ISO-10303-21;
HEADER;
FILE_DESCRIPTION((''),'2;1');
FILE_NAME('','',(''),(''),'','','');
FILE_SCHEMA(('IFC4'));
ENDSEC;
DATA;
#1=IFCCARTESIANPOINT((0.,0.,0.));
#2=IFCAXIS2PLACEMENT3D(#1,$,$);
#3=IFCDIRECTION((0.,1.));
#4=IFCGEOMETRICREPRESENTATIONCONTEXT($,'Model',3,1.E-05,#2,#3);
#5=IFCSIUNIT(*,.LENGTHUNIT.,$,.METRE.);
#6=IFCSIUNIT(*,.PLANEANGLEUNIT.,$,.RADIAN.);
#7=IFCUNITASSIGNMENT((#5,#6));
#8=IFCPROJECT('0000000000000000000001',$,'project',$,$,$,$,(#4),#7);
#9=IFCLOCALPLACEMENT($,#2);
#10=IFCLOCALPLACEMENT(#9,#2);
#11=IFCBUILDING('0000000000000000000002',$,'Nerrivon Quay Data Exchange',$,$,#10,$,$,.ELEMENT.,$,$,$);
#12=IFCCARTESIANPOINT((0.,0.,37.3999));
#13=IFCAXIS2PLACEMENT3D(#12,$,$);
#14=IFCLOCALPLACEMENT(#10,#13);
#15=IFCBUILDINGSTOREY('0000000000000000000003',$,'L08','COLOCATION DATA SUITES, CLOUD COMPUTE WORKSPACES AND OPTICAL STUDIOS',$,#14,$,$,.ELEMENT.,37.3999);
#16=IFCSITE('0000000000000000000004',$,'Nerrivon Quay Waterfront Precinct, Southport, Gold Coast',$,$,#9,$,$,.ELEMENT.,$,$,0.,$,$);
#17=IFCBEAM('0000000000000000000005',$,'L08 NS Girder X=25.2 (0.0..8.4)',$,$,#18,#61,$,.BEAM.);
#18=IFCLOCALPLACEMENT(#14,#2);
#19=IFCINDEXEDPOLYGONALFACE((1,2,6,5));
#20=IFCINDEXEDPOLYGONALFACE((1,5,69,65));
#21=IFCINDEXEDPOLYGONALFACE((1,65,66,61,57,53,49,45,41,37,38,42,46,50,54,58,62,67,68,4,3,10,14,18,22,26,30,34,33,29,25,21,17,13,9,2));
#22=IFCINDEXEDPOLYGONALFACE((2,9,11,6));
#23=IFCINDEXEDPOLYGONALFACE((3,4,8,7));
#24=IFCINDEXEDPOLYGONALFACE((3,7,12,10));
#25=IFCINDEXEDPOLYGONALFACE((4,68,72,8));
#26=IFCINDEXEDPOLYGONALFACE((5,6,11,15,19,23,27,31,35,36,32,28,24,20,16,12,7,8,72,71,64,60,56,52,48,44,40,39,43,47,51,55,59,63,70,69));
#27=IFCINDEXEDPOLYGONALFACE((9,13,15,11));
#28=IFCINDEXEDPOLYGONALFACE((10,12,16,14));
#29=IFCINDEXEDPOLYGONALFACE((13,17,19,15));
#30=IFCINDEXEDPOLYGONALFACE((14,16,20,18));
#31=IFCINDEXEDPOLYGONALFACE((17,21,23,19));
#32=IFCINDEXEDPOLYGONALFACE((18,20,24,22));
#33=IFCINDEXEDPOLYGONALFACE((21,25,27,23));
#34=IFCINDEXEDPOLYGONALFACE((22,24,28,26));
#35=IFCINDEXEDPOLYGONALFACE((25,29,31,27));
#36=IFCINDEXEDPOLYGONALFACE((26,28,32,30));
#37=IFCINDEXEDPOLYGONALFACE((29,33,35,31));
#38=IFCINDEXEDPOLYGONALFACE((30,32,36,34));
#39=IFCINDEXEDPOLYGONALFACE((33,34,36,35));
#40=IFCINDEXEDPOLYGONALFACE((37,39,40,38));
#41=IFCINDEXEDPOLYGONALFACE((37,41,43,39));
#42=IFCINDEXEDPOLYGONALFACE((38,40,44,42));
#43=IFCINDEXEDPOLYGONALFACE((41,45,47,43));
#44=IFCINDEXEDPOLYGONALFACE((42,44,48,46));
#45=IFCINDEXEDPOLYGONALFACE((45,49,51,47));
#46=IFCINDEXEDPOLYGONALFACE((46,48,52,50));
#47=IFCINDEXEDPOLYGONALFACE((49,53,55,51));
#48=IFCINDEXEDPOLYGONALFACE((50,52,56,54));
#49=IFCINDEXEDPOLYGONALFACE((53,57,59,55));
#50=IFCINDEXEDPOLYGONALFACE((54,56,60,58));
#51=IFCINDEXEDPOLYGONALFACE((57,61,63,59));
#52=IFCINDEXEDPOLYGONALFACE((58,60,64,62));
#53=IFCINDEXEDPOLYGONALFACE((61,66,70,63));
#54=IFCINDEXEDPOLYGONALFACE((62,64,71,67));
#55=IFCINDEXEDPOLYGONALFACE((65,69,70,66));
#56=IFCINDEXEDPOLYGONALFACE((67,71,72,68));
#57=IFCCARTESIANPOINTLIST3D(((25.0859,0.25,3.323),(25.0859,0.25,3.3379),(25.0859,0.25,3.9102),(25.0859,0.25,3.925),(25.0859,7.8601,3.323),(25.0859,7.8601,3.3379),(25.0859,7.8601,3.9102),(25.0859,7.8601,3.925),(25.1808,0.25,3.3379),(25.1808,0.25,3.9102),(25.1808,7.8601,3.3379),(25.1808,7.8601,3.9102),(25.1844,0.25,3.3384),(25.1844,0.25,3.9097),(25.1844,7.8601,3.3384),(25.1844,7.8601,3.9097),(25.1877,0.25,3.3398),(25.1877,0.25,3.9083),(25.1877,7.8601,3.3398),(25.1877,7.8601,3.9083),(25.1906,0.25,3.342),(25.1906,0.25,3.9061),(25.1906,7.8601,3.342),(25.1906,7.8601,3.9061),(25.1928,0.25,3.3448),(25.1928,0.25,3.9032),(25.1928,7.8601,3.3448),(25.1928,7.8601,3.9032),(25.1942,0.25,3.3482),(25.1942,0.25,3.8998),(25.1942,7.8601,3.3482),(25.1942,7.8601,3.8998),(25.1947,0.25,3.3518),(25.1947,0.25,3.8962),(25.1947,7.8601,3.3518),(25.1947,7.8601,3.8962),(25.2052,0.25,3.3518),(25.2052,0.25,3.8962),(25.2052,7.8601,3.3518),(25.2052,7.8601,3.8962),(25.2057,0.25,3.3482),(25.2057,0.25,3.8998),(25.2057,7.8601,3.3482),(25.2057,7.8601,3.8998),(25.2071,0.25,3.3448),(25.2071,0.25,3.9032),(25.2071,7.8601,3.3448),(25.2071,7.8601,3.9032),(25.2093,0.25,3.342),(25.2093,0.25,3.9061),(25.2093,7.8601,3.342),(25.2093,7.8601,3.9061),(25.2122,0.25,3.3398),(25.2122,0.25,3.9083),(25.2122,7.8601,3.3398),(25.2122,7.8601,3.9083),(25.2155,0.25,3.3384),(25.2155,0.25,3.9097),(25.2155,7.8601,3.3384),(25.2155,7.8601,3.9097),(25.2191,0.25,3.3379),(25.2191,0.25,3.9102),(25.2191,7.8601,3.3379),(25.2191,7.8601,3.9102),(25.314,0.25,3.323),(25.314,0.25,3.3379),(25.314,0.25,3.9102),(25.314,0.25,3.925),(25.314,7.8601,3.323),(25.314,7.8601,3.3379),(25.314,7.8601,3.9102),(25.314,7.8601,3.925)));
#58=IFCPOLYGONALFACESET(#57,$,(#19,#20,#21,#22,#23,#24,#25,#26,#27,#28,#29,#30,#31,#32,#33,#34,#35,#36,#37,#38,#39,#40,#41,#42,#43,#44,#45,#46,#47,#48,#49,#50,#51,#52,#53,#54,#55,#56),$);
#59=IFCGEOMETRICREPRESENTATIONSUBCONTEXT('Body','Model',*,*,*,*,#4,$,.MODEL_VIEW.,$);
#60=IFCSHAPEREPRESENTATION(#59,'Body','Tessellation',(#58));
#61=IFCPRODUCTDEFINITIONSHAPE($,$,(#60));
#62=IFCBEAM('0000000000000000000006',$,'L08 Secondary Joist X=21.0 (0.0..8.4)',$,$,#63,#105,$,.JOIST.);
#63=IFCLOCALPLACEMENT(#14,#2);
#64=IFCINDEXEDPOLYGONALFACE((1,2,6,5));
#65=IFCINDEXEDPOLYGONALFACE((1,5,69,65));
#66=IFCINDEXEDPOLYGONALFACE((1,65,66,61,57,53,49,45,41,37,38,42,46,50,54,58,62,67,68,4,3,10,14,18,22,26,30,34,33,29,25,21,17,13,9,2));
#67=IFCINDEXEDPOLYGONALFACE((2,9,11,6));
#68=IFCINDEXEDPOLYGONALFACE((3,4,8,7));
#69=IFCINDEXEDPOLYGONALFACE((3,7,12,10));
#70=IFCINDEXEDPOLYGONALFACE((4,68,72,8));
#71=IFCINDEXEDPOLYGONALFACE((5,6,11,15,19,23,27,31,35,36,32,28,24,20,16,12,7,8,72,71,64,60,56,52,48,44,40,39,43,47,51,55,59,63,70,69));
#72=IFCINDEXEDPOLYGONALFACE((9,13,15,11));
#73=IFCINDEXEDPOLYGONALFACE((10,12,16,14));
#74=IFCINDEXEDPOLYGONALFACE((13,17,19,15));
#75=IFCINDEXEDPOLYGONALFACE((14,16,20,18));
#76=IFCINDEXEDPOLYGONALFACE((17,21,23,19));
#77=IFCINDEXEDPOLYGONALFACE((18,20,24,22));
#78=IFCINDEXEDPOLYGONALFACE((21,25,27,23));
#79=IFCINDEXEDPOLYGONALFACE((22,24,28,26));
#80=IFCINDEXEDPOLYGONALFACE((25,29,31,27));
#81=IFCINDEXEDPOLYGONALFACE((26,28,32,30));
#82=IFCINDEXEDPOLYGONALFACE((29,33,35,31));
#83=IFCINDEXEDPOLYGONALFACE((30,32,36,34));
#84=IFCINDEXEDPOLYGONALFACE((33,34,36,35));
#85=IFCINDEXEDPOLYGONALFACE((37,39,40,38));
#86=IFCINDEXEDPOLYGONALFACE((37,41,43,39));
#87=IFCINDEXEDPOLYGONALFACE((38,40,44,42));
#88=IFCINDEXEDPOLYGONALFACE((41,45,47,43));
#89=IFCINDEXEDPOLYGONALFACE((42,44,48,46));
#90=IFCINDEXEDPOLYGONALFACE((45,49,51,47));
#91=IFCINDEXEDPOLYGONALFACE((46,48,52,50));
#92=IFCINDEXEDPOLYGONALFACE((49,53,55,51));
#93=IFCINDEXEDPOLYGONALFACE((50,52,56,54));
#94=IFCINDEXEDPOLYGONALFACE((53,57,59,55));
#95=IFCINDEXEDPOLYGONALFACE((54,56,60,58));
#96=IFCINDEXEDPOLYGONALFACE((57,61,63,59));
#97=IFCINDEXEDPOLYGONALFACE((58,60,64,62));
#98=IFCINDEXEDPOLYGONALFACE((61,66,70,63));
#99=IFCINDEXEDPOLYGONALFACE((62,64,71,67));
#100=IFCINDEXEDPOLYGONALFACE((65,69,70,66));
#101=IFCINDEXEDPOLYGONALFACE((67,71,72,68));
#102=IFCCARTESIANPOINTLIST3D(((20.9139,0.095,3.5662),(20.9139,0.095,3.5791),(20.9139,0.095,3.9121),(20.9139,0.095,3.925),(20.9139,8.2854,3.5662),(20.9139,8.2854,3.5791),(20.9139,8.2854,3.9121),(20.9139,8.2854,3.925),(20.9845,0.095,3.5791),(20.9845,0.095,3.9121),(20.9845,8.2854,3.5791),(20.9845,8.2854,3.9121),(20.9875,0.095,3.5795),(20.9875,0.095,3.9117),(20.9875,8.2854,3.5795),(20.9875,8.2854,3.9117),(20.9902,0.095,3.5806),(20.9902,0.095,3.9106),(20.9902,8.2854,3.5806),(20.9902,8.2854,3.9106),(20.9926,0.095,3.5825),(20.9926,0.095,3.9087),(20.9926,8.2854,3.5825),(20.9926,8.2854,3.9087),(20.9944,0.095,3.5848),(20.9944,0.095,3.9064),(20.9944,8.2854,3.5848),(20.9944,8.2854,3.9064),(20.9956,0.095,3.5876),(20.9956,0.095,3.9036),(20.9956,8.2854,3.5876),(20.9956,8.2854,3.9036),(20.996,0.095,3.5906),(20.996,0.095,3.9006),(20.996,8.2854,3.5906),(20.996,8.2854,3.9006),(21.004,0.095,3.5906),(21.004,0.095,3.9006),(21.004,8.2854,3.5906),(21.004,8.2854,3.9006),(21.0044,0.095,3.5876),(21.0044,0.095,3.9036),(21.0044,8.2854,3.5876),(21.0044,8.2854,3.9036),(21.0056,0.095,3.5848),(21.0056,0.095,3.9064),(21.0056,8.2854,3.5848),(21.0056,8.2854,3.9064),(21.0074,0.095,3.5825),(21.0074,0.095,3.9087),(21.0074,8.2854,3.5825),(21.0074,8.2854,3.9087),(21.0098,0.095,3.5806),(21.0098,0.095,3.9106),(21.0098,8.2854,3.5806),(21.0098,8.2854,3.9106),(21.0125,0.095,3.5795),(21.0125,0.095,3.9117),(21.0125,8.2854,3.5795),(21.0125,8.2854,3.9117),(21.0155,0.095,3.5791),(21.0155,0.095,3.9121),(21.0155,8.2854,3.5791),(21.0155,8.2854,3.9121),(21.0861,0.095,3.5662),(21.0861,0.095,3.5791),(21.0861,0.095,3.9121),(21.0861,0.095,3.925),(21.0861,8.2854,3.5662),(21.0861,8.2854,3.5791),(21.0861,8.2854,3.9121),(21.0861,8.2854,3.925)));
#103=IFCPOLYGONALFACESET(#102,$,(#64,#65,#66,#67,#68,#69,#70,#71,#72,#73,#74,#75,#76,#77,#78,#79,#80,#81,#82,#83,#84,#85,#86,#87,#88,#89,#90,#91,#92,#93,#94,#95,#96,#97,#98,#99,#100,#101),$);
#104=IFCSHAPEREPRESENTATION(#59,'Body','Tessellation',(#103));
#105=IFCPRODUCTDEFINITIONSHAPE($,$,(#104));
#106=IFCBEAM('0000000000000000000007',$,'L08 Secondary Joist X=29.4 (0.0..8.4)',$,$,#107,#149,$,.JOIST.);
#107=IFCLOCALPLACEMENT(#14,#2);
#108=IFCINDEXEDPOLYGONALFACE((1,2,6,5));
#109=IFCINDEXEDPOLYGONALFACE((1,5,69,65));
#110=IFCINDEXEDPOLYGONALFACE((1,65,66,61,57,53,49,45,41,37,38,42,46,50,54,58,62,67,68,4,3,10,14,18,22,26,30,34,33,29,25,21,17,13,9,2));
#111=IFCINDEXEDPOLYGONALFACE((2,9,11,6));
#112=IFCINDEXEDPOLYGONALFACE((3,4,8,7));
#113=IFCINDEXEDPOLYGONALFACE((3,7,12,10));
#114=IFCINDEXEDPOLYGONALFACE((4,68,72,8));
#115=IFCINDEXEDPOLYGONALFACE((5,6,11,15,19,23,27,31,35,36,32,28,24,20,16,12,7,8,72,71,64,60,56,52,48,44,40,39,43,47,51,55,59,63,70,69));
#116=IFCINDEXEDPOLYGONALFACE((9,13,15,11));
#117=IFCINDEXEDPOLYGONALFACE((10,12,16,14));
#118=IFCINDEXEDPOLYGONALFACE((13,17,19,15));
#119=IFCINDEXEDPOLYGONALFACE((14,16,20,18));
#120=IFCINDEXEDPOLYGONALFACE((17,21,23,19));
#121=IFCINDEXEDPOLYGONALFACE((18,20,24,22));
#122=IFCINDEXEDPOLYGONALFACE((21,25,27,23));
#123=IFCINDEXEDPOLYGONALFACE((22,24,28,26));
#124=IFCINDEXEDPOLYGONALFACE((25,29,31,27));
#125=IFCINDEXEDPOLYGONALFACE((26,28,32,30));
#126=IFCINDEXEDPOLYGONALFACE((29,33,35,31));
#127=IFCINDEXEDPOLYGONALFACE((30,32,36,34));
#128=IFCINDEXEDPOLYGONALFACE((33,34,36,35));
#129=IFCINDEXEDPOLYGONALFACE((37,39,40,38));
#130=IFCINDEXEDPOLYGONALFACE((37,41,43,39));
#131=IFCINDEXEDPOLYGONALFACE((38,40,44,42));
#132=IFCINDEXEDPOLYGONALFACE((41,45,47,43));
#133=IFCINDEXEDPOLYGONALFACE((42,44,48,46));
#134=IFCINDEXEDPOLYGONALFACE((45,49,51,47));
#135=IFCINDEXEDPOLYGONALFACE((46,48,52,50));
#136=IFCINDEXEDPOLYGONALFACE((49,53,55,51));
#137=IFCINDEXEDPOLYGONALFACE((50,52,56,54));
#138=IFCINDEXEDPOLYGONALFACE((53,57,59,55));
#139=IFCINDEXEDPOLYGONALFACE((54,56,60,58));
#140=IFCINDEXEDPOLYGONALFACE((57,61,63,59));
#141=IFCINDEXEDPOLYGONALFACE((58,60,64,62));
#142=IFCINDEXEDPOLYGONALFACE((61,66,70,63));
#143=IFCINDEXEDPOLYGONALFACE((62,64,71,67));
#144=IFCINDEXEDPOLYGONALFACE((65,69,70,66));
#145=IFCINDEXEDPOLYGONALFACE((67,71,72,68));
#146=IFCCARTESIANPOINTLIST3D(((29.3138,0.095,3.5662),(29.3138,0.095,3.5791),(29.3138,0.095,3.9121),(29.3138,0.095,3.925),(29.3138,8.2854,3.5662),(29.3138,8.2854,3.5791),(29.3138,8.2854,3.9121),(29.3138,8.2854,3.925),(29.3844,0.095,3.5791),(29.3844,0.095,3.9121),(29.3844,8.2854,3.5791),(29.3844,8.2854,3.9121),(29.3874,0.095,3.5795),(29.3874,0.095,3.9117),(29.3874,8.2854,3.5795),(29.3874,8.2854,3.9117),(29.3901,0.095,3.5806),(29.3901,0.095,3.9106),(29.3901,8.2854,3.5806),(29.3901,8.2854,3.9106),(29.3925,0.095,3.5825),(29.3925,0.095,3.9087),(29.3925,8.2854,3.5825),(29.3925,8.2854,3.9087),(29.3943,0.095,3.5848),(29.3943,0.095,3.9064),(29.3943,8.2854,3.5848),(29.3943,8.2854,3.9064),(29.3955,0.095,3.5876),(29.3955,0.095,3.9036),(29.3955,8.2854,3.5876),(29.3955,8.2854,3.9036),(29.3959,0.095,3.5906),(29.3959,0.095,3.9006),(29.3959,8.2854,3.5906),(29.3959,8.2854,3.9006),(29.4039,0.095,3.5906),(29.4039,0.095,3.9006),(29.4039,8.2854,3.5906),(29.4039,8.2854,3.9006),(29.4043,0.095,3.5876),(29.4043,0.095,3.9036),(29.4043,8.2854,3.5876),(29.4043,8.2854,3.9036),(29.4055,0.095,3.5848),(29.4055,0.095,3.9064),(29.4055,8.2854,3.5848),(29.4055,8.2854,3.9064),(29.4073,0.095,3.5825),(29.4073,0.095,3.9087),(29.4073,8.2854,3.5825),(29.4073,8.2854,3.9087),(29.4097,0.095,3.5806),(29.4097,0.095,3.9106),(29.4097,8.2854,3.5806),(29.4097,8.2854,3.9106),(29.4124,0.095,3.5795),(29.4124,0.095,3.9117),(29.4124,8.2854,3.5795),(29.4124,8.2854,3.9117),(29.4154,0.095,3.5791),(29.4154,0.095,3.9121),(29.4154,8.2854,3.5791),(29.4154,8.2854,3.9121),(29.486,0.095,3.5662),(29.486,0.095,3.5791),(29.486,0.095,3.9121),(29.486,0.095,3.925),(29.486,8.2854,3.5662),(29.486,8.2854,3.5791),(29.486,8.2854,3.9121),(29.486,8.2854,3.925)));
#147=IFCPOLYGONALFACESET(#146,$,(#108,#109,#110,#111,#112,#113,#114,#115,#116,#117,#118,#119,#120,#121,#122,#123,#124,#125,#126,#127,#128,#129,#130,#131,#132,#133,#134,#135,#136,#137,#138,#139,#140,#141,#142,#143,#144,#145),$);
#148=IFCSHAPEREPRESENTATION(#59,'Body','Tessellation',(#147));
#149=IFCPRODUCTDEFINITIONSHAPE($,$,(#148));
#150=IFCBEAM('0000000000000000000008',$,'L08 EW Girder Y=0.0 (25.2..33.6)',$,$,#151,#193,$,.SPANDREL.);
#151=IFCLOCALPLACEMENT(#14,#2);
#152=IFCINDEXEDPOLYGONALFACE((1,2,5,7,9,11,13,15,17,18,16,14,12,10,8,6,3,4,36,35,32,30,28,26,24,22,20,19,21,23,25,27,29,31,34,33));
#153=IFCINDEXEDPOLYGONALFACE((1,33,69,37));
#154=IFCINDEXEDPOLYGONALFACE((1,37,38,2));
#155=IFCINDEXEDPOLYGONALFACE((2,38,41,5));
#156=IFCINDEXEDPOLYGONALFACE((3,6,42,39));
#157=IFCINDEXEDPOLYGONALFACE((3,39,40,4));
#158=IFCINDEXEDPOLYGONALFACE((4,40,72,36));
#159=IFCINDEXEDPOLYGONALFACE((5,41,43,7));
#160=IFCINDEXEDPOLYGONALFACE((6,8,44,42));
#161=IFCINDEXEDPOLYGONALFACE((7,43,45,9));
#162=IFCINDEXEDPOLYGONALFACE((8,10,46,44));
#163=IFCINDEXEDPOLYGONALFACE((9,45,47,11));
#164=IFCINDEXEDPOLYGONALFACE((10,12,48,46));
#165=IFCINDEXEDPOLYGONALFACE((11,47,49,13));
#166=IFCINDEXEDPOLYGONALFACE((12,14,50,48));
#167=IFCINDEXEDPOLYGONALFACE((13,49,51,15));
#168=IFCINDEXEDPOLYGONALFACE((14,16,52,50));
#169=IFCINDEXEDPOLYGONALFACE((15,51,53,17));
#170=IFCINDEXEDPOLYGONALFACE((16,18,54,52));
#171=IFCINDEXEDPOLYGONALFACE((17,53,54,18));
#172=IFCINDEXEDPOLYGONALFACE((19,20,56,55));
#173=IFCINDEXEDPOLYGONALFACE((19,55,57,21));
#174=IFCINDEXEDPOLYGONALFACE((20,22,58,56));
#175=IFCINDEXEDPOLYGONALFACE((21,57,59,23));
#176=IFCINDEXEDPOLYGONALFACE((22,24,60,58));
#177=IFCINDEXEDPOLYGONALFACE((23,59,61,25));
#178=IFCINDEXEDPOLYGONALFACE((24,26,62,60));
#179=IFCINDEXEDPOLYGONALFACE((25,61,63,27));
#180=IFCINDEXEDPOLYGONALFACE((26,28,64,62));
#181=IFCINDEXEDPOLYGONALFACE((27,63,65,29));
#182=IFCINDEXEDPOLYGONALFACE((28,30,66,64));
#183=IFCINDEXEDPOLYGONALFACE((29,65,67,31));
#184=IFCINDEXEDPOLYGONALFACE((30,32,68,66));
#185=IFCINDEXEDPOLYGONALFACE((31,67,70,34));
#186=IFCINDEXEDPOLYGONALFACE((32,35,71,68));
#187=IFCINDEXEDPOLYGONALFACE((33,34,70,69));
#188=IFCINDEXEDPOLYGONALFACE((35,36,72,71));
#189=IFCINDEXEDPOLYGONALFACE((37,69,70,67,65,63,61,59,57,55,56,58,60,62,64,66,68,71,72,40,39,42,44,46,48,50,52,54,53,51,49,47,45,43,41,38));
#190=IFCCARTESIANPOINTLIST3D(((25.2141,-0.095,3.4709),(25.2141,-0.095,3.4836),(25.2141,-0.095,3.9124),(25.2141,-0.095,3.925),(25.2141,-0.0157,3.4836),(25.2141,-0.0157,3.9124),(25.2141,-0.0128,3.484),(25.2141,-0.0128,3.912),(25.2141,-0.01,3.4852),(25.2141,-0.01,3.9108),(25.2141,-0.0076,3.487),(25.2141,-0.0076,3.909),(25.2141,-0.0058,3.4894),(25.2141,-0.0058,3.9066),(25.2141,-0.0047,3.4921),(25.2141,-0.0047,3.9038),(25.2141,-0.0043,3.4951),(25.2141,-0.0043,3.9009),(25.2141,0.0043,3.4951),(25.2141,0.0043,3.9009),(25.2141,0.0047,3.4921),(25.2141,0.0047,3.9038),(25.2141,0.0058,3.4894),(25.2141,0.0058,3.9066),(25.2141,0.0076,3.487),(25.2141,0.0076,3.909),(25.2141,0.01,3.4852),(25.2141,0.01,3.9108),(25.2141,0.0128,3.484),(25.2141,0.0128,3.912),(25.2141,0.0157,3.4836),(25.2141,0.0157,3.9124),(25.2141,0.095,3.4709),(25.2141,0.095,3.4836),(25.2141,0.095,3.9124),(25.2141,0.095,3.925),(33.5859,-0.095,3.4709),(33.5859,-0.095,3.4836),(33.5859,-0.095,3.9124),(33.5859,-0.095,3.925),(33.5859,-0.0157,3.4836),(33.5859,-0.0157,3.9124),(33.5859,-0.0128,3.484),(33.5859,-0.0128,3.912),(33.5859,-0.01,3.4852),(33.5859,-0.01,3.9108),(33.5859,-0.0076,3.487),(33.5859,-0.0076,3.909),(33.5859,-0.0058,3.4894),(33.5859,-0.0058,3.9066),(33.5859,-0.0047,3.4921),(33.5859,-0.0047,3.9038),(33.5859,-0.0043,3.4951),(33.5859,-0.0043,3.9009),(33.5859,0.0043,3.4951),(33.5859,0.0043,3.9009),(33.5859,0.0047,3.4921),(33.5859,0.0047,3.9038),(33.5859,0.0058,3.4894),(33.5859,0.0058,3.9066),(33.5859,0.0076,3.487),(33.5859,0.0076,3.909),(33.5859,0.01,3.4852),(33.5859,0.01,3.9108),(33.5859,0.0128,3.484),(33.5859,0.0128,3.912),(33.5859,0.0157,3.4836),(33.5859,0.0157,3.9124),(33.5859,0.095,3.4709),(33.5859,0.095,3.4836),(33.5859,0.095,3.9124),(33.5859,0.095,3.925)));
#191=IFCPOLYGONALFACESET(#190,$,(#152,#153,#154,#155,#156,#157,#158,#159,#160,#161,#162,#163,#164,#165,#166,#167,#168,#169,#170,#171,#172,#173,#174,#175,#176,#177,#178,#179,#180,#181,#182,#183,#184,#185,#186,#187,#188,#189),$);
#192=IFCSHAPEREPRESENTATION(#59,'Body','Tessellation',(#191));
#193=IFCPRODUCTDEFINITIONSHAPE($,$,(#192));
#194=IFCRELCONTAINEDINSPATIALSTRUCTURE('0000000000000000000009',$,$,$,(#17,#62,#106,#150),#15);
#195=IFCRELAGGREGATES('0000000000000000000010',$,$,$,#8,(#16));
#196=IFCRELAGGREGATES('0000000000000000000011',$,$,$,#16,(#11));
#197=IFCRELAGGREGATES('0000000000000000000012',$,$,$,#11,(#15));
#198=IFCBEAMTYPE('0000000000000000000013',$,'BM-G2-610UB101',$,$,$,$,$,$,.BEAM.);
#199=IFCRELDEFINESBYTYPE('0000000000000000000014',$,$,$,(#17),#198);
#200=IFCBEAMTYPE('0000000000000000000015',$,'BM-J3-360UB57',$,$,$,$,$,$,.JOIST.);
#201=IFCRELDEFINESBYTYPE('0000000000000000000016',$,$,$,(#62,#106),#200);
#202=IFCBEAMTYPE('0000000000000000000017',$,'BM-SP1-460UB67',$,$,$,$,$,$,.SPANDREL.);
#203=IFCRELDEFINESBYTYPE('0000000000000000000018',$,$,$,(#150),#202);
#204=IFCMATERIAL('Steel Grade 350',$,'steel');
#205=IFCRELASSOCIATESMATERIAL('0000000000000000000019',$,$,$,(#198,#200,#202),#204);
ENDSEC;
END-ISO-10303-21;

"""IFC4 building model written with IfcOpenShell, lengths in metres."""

from ifc_helpers import new_model, si_unit, direction, frame, origin, origin_2d, place, context, subcontext, project, spatial, i_section, extrude, material, material_profile, profile_set, type_object, element, save


model = new_model("IFC4")

# Units and contexts
model_context = context("Model", 3, precision=1e-05, world=origin(), true_north=direction((0.0, 1.0)))
body_context = subcontext(model_context, "Body", "Model", "MODEL_VIEW")
ifc_project = project(units=[si_unit("LENGTHUNIT", "METRE"), si_unit("PLANEANGLEUNIT", "RADIAN")], contexts=[model_context])

# Site, building, storey
site_placement = place(None, origin())
site = spatial("IfcSite", under=ifc_project, at=site_placement, Name="Nerrivon Quay Waterfront Precinct, Southport, Gold Coast", CompositionType="ELEMENT", RefElevation=0.0)
building_placement = place(site_placement, origin())
building = spatial("IfcBuilding", under=site, at=building_placement, Name="Nerrivon Quay Data Exchange", CompositionType="ELEMENT")
storey_placement = place(building_placement, frame((0.0, 0.0, 37.3999)))
storey = spatial("IfcBuildingStorey", under=building, at=storey_placement, Name="L08", Description="COLOCATION DATA SUITES, CLOUD COMPUTE WORKSPACES AND OPTICAL STUDIOS", CompositionType="ELEMENT", Elevation=37.3999)

# Shared definitions
ifc_material_1 = material(Name="Steel Grade 350", Category="steel")

# Beams
ifc_material_profile_1 = material_profile(ifc_material_1, i_section(OverallWidth=0.228, OverallDepth=0.6021, WebThickness=0.0105, FlangeThickness=0.0149, FilletRadius=0.0139, at=origin_2d()), Name="610UB101")
ifc_profile_set_1 = profile_set([ifc_material_profile_1], Name="Steel Grade 350")
beam_type_1 = type_object("IfcBeamType", Name="BM-G2-610UB101", PredefinedType="BEAM", material=ifc_profile_set_1)
beam_1_placement = place(storey_placement, frame((25.2, 0.25, 3.624), z_axis=(0.0, 1.0, 0.0), x_axis=(-1.0, 0.0, 0.0)))
element("IfcBeam", 1, at=beam_1_placement, inside=storey, type_object=beam_type_1, Name="L08 NS Girder X=25.2 (0.0..8.4)", PredefinedType="BEAM", context=body_context, shape_type="SweptSolid", body=[
    extrude(i_section(OverallWidth=0.228, OverallDepth=0.6021, WebThickness=0.0105, FlangeThickness=0.0149, FilletRadius=0.0139, at=origin_2d()), origin(), (0.0, 0.0, 1.0), 7.6101),
])
ifc_material_profile_2 = material_profile(ifc_material_1, i_section(OverallWidth=0.1721, OverallDepth=0.3589, WebThickness=0.0081, FlangeThickness=0.0129, FilletRadius=0.0115, at=origin_2d()), Name="360UB56.7")
ifc_profile_set_2 = profile_set([ifc_material_profile_2], Name="Steel Grade 350")
beam_type_2 = type_object("IfcBeamType", Name="BM-J3-360UB57", PredefinedType="JOIST", material=ifc_profile_set_2)
for number, where, z_axis, x_axis, name in (
    (2, (21.0, 0.095, 3.7456), (0.0, 1.0, 0.0), (-1.0, 0.0, 0.0), "L08 Secondary Joist X=21.0 (0.0..8.4)"),
    (3, (29.3999, 0.095, 3.7456), (0.0, 1.0, 0.0), (-1.0, 0.0, 0.0), "L08 Secondary Joist X=29.4 (0.0..8.4)"),
):
    element("IfcBeam", number, at=place(storey_placement, frame(where, z_axis=z_axis, x_axis=x_axis)), inside=storey, type_object=beam_type_2, Name=name, PredefinedType="JOIST", context=body_context, shape_type="SweptSolid", body=[
        extrude(i_section(OverallWidth=0.1721, OverallDepth=0.3589, WebThickness=0.0081, FlangeThickness=0.0129, FilletRadius=0.0115, at=origin_2d()), origin(), (0.0, 0.0, 1.0), 8.1904),
    ])
ifc_material_profile_3 = material_profile(ifc_material_1, i_section(OverallWidth=0.1899, OverallDepth=0.4541, WebThickness=0.0085, FlangeThickness=0.0127, FilletRadius=0.0115, at=origin_2d()), Name="460UB67.1")
ifc_profile_set_3 = profile_set([ifc_material_profile_3], Name="Steel Grade 350")
beam_type_3 = type_object("IfcBeamType", Name="BM-SP1-460UB67", PredefinedType="SPANDREL", material=ifc_profile_set_3)
beam_2_placement = place(storey_placement, frame((25.2141, 0.0, 3.698), z_axis=(1.0, 0.0, 0.0), x_axis=(0.0, 1.0, 0.0)))
element("IfcBeam", 4, at=beam_2_placement, inside=storey, type_object=beam_type_3, Name="L08 EW Girder Y=0.0 (25.2..33.6)", PredefinedType="SPANDREL", context=body_context, shape_type="SweptSolid", body=[
    extrude(i_section(OverallWidth=0.1899, OverallDepth=0.4541, WebThickness=0.0085, FlangeThickness=0.0127, FilletRadius=0.0115, at=origin_2d()), origin(), (0.0, 0.0, 1.0), 8.3718),
])

save(model, "model.ifc")
